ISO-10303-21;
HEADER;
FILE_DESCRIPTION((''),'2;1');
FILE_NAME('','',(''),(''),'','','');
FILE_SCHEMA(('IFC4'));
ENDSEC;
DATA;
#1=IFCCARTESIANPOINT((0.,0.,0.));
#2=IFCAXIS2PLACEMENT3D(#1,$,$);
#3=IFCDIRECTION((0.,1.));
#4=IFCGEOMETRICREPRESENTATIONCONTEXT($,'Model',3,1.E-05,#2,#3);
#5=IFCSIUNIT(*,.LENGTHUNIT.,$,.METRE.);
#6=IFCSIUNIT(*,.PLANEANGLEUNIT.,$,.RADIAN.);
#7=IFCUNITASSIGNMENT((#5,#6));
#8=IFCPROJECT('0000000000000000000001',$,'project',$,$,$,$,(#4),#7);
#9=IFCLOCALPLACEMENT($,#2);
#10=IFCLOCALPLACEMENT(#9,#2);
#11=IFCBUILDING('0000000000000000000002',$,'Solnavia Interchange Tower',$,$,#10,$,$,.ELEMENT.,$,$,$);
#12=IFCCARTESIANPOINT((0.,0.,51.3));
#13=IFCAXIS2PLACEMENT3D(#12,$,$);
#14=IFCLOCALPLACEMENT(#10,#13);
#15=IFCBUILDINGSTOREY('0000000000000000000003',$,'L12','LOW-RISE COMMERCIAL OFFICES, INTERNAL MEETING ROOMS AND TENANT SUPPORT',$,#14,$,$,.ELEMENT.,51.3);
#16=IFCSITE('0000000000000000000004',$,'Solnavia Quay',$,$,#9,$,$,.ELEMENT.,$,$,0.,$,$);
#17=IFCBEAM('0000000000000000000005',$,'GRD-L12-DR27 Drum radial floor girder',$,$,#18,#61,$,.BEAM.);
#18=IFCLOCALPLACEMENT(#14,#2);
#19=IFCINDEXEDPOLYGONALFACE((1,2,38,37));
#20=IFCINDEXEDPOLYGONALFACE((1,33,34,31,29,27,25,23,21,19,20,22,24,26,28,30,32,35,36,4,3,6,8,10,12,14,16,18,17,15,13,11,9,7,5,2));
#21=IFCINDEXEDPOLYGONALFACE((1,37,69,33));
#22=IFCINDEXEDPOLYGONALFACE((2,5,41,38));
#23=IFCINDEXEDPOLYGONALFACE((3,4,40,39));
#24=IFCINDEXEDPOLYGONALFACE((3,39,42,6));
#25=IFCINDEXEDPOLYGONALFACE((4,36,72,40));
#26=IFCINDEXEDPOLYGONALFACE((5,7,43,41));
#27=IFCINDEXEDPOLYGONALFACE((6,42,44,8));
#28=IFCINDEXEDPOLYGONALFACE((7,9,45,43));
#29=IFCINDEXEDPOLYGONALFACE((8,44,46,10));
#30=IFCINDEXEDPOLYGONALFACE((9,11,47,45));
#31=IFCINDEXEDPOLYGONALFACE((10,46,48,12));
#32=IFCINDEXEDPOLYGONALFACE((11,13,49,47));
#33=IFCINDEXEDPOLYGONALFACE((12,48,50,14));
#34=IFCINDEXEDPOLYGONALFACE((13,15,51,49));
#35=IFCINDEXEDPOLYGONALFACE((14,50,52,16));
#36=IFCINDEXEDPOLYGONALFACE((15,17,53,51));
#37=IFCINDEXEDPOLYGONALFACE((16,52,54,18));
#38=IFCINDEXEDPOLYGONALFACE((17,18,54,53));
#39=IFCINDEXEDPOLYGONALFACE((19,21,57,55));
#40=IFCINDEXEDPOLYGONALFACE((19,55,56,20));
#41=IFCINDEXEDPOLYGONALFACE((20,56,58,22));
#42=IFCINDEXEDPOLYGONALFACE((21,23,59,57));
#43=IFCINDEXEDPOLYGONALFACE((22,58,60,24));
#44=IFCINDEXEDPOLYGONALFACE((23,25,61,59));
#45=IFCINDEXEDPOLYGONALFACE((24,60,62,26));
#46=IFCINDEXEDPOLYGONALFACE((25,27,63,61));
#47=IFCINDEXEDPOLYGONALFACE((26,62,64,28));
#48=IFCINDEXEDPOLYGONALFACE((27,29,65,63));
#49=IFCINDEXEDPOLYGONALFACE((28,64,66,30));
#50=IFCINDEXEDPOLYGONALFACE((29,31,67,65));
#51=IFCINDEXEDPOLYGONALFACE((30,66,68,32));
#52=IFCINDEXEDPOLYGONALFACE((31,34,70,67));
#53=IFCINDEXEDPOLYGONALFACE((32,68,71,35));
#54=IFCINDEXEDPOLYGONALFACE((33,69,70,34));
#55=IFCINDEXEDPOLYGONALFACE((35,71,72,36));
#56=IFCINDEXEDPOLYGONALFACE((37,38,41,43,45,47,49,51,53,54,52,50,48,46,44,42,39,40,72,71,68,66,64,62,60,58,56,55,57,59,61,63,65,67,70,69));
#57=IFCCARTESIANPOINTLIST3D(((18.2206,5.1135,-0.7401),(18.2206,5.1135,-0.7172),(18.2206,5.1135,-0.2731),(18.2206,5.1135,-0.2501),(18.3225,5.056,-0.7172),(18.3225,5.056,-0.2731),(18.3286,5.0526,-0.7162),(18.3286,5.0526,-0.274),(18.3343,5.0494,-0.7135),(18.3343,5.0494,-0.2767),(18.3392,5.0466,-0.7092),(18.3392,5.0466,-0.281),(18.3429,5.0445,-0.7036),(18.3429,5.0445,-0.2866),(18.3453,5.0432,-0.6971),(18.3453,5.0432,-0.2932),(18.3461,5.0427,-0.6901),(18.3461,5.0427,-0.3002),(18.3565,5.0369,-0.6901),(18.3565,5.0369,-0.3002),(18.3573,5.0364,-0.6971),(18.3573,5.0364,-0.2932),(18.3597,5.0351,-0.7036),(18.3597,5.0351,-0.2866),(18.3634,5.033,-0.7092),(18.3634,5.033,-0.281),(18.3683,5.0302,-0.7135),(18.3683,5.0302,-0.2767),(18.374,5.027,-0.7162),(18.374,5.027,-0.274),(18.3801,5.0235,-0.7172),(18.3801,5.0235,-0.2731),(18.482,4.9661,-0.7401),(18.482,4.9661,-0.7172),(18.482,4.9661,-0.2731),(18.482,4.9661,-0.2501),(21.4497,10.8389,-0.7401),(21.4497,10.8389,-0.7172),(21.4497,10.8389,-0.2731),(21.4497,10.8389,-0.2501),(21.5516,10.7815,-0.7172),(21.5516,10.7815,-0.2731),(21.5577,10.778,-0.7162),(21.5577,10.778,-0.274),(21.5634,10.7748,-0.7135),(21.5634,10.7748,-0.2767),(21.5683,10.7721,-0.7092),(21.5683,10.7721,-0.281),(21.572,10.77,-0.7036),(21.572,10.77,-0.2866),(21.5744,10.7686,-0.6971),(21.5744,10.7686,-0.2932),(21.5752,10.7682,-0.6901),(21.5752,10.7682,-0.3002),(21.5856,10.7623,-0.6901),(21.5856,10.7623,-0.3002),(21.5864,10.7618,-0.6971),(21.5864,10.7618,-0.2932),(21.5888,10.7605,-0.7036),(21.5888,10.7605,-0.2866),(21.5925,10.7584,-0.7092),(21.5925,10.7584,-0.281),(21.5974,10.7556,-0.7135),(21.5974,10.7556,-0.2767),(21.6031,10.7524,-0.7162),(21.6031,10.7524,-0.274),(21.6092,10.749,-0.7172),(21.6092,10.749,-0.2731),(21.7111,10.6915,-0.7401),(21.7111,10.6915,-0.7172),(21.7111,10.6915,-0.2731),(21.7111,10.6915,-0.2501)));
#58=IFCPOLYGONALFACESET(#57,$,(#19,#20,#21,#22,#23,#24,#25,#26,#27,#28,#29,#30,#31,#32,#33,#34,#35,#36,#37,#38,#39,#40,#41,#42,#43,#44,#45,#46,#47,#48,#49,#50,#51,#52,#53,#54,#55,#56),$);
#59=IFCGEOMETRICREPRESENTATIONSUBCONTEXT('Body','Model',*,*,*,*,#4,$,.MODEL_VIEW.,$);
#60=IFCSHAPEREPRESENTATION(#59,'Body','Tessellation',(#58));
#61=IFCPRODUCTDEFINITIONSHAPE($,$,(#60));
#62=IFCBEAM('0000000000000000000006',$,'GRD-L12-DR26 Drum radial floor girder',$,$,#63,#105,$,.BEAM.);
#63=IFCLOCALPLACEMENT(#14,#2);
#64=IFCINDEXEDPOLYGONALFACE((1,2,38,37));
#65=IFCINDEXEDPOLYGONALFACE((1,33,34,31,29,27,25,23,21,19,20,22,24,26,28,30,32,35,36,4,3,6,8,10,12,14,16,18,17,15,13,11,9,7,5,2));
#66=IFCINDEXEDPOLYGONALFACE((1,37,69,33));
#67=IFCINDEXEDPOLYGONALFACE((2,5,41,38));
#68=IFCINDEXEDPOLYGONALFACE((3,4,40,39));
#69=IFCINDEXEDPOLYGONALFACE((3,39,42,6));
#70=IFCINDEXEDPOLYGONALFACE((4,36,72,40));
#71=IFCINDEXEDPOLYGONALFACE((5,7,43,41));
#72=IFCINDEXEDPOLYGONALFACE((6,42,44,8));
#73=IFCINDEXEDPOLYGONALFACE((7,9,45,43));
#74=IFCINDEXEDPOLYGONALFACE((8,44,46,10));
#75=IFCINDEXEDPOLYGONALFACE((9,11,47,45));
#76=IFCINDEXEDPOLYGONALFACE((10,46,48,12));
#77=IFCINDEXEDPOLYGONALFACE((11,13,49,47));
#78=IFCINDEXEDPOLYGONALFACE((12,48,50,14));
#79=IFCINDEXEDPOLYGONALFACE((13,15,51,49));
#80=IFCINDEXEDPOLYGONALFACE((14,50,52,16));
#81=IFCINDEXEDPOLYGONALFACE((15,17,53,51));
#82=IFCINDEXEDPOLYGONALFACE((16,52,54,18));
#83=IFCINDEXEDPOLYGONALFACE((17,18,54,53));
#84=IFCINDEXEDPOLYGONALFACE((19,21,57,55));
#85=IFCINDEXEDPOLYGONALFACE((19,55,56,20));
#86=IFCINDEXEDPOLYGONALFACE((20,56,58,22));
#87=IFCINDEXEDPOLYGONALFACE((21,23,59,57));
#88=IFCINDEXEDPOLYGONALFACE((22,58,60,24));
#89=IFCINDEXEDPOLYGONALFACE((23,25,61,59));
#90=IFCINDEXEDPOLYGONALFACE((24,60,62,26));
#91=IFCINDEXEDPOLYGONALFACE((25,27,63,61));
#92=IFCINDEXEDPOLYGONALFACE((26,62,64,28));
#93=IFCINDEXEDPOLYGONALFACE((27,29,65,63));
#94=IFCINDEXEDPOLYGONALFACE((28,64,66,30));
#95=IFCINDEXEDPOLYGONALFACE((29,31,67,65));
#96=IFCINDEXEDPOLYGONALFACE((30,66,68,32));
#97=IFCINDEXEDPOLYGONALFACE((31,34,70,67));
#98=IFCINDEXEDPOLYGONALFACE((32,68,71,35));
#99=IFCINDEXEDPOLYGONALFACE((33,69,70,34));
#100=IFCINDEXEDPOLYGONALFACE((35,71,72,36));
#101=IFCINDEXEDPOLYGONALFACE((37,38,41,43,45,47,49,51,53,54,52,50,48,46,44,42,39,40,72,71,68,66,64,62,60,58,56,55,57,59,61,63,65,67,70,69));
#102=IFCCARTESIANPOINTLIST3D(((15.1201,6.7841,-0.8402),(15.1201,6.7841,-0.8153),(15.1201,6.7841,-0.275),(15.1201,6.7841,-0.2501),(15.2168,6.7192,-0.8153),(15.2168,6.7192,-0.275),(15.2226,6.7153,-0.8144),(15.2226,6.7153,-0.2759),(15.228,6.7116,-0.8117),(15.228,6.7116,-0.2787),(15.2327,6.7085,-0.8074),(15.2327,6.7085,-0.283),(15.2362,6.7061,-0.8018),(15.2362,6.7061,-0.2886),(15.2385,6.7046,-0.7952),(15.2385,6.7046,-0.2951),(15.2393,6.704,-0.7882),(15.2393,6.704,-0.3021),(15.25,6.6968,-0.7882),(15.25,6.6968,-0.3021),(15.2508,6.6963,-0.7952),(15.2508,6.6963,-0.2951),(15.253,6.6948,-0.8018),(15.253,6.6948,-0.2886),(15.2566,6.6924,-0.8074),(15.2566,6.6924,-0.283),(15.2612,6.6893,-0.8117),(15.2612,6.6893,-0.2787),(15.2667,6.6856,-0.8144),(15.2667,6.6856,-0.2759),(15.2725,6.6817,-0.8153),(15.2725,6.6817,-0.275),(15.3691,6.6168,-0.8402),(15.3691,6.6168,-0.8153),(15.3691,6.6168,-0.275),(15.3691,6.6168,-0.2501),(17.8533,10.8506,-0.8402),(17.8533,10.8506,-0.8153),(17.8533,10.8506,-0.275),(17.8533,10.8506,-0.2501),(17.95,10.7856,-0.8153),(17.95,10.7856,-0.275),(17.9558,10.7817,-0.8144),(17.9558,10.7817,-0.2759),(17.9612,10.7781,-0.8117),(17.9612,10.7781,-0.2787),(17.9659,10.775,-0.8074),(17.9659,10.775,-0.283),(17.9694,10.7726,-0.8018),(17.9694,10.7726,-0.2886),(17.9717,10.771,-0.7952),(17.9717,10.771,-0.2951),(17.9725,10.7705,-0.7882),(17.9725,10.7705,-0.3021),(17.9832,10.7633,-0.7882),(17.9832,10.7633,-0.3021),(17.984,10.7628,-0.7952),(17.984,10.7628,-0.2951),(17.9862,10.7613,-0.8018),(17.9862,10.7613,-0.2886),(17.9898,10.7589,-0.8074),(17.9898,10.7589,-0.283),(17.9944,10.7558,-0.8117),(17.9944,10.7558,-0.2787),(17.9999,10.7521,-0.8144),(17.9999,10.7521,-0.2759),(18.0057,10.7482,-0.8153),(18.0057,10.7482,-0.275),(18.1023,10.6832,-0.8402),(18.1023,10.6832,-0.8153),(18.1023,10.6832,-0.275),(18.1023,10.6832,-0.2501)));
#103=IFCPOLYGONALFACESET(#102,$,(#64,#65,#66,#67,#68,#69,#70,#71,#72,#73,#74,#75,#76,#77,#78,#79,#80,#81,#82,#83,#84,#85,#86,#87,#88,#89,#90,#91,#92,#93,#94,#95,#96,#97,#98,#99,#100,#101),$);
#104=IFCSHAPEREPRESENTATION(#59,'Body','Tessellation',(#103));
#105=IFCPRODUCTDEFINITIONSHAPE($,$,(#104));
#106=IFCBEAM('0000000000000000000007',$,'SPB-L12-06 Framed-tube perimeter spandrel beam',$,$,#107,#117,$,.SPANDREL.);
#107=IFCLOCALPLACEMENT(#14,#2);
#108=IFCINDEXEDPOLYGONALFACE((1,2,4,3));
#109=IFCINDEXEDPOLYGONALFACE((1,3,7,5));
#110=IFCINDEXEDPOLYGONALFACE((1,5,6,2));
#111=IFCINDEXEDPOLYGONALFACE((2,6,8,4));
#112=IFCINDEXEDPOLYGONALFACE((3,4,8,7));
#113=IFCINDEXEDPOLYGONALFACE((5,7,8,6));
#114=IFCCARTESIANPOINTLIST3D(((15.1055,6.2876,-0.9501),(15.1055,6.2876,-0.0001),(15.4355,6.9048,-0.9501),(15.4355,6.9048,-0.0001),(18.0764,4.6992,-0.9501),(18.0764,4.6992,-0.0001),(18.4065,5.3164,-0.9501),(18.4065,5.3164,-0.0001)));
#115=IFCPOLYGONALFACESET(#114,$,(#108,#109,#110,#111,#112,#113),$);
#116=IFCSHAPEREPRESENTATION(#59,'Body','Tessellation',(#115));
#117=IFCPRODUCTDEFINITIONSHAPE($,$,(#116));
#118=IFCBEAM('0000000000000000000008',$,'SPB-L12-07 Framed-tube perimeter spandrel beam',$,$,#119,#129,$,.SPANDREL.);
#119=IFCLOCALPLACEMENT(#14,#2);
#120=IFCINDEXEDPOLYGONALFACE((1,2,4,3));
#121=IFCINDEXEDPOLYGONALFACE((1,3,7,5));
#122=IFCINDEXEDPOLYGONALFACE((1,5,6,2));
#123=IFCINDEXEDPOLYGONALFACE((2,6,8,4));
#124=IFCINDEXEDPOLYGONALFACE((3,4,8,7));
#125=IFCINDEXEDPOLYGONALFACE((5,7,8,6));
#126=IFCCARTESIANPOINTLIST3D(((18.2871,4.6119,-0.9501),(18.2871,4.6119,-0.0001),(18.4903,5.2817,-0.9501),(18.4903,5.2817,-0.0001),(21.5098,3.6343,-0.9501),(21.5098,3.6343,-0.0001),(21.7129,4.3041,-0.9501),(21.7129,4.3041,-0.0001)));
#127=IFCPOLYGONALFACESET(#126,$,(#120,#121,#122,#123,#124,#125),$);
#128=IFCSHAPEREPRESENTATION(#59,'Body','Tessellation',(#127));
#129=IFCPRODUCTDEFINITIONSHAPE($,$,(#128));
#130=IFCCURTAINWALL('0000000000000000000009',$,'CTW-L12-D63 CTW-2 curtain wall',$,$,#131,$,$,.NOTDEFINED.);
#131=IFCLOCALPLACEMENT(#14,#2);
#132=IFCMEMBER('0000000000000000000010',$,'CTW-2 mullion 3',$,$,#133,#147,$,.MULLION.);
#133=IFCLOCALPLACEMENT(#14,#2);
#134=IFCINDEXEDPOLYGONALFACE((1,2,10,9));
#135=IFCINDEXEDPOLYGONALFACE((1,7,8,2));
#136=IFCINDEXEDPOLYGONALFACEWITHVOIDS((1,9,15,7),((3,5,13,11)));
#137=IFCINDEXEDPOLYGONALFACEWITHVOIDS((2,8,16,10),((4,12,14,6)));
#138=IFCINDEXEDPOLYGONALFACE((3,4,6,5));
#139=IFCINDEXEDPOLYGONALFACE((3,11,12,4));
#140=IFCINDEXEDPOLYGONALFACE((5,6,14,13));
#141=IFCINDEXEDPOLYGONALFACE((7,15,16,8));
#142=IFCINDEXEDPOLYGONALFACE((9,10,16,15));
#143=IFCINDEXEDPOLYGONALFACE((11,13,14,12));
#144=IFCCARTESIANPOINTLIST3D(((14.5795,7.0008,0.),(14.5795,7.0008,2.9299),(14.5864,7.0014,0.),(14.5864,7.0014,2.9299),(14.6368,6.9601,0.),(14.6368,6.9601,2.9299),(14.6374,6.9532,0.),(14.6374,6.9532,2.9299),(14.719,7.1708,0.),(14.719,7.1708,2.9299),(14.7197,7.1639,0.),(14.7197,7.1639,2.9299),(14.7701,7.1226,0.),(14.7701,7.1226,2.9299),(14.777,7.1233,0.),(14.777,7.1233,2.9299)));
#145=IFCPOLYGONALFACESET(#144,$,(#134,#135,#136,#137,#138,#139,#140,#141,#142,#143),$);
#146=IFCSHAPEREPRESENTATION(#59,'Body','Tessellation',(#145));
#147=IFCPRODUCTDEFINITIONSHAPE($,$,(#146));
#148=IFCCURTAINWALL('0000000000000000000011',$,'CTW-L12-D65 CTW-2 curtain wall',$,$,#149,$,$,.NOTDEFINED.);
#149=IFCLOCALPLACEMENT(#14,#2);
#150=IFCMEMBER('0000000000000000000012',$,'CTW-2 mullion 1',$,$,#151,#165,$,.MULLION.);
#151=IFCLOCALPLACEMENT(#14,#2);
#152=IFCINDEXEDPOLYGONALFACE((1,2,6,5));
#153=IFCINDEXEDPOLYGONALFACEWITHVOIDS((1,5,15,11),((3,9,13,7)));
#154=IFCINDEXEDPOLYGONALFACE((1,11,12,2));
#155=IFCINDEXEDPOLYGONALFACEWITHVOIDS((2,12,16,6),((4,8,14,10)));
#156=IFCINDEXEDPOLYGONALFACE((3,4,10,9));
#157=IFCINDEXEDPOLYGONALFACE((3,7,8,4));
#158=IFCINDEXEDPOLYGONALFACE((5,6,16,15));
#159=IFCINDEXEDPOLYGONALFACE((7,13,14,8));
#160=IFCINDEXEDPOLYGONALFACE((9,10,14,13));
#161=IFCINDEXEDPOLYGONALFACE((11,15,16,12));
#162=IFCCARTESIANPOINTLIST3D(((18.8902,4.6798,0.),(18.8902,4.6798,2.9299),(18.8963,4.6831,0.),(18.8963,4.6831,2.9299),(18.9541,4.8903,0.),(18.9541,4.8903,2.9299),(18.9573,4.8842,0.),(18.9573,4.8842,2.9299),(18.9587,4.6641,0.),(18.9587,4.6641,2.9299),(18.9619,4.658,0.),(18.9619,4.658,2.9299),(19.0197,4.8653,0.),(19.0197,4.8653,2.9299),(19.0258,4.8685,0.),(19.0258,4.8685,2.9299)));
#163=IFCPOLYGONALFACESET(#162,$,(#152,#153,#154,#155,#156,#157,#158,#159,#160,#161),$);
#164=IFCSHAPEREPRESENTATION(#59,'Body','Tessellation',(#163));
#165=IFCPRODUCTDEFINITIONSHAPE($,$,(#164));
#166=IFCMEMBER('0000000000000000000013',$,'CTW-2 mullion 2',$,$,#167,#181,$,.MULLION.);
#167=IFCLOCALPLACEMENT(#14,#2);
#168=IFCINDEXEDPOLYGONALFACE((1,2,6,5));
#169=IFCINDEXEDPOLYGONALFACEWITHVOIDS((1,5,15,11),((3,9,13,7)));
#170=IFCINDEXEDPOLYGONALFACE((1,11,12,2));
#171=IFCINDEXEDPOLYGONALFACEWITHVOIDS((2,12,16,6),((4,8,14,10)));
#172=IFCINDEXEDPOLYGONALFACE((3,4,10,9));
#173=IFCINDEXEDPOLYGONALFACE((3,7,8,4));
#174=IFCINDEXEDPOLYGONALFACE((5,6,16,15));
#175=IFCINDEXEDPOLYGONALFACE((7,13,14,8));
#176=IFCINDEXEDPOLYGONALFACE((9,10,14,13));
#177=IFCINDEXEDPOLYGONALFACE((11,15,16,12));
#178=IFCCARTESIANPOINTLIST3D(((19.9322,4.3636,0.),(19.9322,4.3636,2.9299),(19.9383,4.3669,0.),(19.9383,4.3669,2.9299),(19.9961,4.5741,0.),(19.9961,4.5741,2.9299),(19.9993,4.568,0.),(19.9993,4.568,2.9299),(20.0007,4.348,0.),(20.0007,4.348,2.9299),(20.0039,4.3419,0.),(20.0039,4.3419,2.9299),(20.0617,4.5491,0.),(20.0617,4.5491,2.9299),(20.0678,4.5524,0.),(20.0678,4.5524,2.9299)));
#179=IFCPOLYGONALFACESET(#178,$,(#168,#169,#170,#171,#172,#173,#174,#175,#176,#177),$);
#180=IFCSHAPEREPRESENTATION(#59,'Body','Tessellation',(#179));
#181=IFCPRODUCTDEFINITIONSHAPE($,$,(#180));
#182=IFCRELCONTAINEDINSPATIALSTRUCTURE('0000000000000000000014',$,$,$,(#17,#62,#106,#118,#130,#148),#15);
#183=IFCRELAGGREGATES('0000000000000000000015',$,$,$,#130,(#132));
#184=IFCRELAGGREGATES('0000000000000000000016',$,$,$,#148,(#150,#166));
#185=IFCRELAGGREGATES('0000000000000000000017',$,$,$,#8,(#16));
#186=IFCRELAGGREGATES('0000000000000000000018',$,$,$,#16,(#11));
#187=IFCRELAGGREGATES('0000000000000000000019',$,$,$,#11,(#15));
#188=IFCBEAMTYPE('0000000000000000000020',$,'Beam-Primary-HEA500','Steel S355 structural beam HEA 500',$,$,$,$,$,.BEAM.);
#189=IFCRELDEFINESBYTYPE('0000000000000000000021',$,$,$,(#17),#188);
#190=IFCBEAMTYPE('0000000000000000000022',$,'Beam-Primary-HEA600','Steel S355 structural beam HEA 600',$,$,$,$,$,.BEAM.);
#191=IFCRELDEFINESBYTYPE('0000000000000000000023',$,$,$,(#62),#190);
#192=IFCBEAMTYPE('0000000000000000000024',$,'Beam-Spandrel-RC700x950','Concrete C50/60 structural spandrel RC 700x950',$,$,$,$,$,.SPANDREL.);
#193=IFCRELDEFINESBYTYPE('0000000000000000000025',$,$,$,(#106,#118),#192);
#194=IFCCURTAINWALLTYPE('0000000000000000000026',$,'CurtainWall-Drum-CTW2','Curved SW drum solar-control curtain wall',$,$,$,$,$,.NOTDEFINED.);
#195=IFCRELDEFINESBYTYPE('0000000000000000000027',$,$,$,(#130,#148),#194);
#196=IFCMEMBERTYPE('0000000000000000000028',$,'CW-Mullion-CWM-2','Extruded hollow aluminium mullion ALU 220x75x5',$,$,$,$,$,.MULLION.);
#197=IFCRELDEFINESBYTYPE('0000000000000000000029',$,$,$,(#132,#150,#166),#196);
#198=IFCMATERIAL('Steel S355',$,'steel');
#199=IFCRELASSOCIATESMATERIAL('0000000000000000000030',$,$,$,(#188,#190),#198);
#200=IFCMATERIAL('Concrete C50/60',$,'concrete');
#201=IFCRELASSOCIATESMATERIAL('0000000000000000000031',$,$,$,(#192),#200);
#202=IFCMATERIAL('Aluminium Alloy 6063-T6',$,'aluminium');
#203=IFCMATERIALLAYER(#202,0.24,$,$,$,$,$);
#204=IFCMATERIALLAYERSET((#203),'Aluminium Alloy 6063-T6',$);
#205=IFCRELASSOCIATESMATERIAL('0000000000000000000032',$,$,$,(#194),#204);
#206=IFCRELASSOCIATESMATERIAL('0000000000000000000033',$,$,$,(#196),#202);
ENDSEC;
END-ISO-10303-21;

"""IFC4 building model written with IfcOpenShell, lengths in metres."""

from ifc_helpers import new_model, si_unit, direction, frame, origin, origin_2d, place, context, subcontext, project, spatial, rectangle, hollow_rectangle, i_section, extrude, material, layer, layer_set, material_profile, profile_set, type_object, element, aggregate, save


model = new_model("IFC4")

# Units and contexts
model_context = context("Model", 3, precision=1e-05, world=origin(), true_north=direction((0.0, 1.0)))
body_context = subcontext(model_context, "Body", "Model", "MODEL_VIEW")
ifc_project = project(units=[si_unit("LENGTHUNIT", "METRE"), si_unit("PLANEANGLEUNIT", "RADIAN")], contexts=[model_context])

# Site, building, storey
site_placement = place(None, origin())
site = spatial("IfcSite", under=ifc_project, at=site_placement, Name="Solnavia Quay", CompositionType="ELEMENT", RefElevation=0.0)
building_placement = place(site_placement, origin())
building = spatial("IfcBuilding", under=site, at=building_placement, Name="Solnavia Interchange Tower", CompositionType="ELEMENT")
storey_placement = place(building_placement, frame((0.0, 0.0, 51.3)))
storey = spatial("IfcBuildingStorey", under=building, at=storey_placement, Name="L12", Description="LOW-RISE COMMERCIAL OFFICES, INTERNAL MEETING ROOMS AND TENANT SUPPORT", CompositionType="ELEMENT", Elevation=51.3)

# Beams
ifc_material_1 = material(Name="Steel S355", Category="steel")
ifc_material_profile_1 = material_profile(ifc_material_1, i_section(OverallWidth=0.3, OverallDepth=0.49, WebThickness=0.012, FlangeThickness=0.0229, FilletRadius=0.0271, at=origin_2d()), Name="HEA 500")
ifc_profile_set_1 = profile_set([ifc_material_profile_1], Name="Steel S355")
beam_type_1 = type_object("IfcBeamType", Name="Beam-Primary-HEA500", Description="Steel S355 structural beam HEA 500", PredefinedType="BEAM", material=ifc_profile_set_1)
beam_1_placement = place(storey_placement, frame((18.3513, 5.0398, -0.4951), z_axis=(0.491243, 0.871022, 0.0), x_axis=(-0.871022, 0.491243, 0.0)))
element("IfcBeam", 1, at=beam_1_placement, inside=storey, type_object=beam_type_1, Name="GRD-L12-DR27 Drum radial floor girder", PredefinedType="BEAM", context=body_context, shape_type="SweptSolid", body=[
    extrude(i_section(OverallWidth=0.3, OverallDepth=0.49, WebThickness=0.012, FlangeThickness=0.0229, FilletRadius=0.0271, at=origin_2d()), origin(), (0.0, 0.0, 1.0), 6.5732),
])
ifc_material_profile_2 = material_profile(ifc_material_1, i_section(OverallWidth=0.3, OverallDepth=0.5901, WebThickness=0.0129, FlangeThickness=0.0249, FilletRadius=0.0271, at=origin_2d()), Name="HEA 600")
ifc_profile_set_2 = profile_set([ifc_material_profile_2], Name="Steel S355")
beam_type_2 = type_object("IfcBeamType", Name="Beam-Primary-HEA600", Description="Steel S355 structural beam HEA 600", PredefinedType="BEAM", material=ifc_profile_set_2)
beam_2_placement = place(storey_placement, frame((15.2446, 6.7004, -0.5452), z_axis=(0.557835, 0.829952, 0.0), x_axis=(-0.829952, 0.557835, 0.0)))
element("IfcBeam", 2, at=beam_2_placement, inside=storey, type_object=beam_type_2, Name="GRD-L12-DR26 Drum radial floor girder", PredefinedType="BEAM", context=body_context, shape_type="SweptSolid", body=[
    extrude(i_section(OverallWidth=0.3, OverallDepth=0.5901, WebThickness=0.0129, FlangeThickness=0.0249, FilletRadius=0.0271, at=origin_2d()), origin(), (0.0, 0.0, 1.0), 4.8997),
])
ifc_material_2 = material(Name="Concrete C50/60", Category="concrete")
ifc_material_profile_3 = material_profile(ifc_material_2, rectangle(XDim=0.7, YDim=0.95, at=origin_2d()), Name="RC 700x950")
ifc_profile_set_3 = profile_set([ifc_material_profile_3], Name="Concrete C50/60")
beam_type_3 = type_object("IfcBeamType", Name="Beam-Spandrel-RC700x950", Description="Concrete C50/60 structural spandrel RC 700x950", PredefinedType="SPANDREL", material=ifc_profile_set_3)
beam_3_placement = place(storey_placement, frame((15.2705, 6.5962, -0.4751), z_axis=(0.881875, -0.471483, 0.0), x_axis=(0.471483, 0.881875, 0.0)))
element("IfcBeam", 3, at=beam_3_placement, inside=storey, type_object=beam_type_3, Name="SPB-L12-06 Framed-tube perimeter spandrel beam", PredefinedType="SPANDREL", context=body_context, shape_type="SweptSolid", body=[
    extrude(rectangle(XDim=0.7, YDim=0.95, at=origin_2d()), origin(), (0.0, 0.0, 1.0), 3.3689),
])
beam_4_placement = place(storey_placement, frame((18.3887, 4.9468, -0.4751), z_axis=(0.956944, -0.290273, 0.0), x_axis=(0.290273, 0.956944, 0.0)))
element("IfcBeam", 4, at=beam_4_placement, inside=storey, type_object=beam_type_3, Name="SPB-L12-07 Framed-tube perimeter spandrel beam", PredefinedType="SPANDREL", context=body_context, shape_type="SweptSolid", body=[
    extrude(rectangle(XDim=0.7, YDim=0.95, at=origin_2d()), origin(), (0.0, 0.0, 1.0), 3.3677),
])

# Curtain wall, member
ifc_material_3 = material(Name="Aluminium Alloy 6063-T6", Category="aluminium")
ifc_layer_1 = layer(ifc_material_3, 0.24)
ifc_layer_set_1 = layer_set([ifc_layer_1], Name="Aluminium Alloy 6063-T6")
curtain_wall_type = type_object("IfcCurtainWallType", Name="CurtainWall-Drum-CTW2", Description="Curved SW drum solar-control curtain wall", PredefinedType="NOTDEFINED", material=ifc_layer_set_1)
curtain_wall_1_placement = place(storey_placement, origin())
curtain_wall_1 = element("IfcCurtainWall", 5, at=curtain_wall_1_placement, inside=storey, type_object=curtain_wall_type, Name="CTW-L12-D63 CTW-2 curtain wall", PredefinedType="NOTDEFINED")
ifc_material_profile_4 = material_profile(ifc_material_3, hollow_rectangle(XDim=0.075, YDim=0.22, WallThickness=0.0049, at=origin_2d()), Name="ALU 220x75x5")
ifc_profile_set_4 = profile_set([ifc_material_profile_4], Name="Aluminium Alloy 6063-T6")
member_type_1 = type_object("IfcMemberType", Name="CW-Mullion-CWM-2", Description="Extruded hollow aluminium mullion ALU 220x75x5", PredefinedType="MULLION", material=ifc_profile_set_4)
member_1_placement = place(storey_placement, frame((14.6782, 7.062, 0.0), z_axis=(0.0, 0.0, 1.0), x_axis=(0.773095, -0.634291, 0.0)))
member_1 = element("IfcMember", 6, at=member_1_placement, type_object=member_type_1, Name="CTW-2 mullion 3", PredefinedType="MULLION", context=body_context, shape_type="SweptSolid", body=[
    extrude(hollow_rectangle(XDim=0.075, YDim=0.22, WallThickness=0.0049, at=origin_2d()), origin(), (0.0, 0.0, 1.0), 2.9299),
])

# Curtain wall, members
curtain_wall_2_placement = place(storey_placement, origin())
curtain_wall_2 = element("IfcCurtainWall", 7, at=curtain_wall_2_placement, inside=storey, type_object=curtain_wall_type, Name="CTW-L12-D65 CTW-2 curtain wall", PredefinedType="NOTDEFINED")
member_2_placement = place(storey_placement, frame((18.958, 4.7742, 0.0), z_axis=(0.0, 0.0, 1.0), x_axis=(0.956935, -0.290303, 0.0)))
member_2 = element("IfcMember", 8, at=member_2_placement, type_object=member_type_1, Name="CTW-2 mullion 1", PredefinedType="MULLION", context=body_context, shape_type="SweptSolid", body=[
    extrude(hollow_rectangle(XDim=0.075, YDim=0.22, WallThickness=0.0049, at=origin_2d()), origin(), (0.0, 0.0, 1.0), 2.9299),
])
member_3_placement = place(storey_placement, frame((20.0, 4.458, 0.0), z_axis=(0.0, 0.0, 1.0), x_axis=(0.956935, -0.290303, 0.0)))
member_3 = element("IfcMember", 9, at=member_3_placement, type_object=member_type_1, Name="CTW-2 mullion 2", PredefinedType="MULLION", context=body_context, shape_type="SweptSolid", body=[
    extrude(hollow_rectangle(XDim=0.075, YDim=0.22, WallThickness=0.0049, at=origin_2d()), origin(), (0.0, 0.0, 1.0), 2.9299),
])

aggregate(curtain_wall_1, [member_1])
aggregate(curtain_wall_2, [member_2, member_3])

save(model, "model.ifc")
